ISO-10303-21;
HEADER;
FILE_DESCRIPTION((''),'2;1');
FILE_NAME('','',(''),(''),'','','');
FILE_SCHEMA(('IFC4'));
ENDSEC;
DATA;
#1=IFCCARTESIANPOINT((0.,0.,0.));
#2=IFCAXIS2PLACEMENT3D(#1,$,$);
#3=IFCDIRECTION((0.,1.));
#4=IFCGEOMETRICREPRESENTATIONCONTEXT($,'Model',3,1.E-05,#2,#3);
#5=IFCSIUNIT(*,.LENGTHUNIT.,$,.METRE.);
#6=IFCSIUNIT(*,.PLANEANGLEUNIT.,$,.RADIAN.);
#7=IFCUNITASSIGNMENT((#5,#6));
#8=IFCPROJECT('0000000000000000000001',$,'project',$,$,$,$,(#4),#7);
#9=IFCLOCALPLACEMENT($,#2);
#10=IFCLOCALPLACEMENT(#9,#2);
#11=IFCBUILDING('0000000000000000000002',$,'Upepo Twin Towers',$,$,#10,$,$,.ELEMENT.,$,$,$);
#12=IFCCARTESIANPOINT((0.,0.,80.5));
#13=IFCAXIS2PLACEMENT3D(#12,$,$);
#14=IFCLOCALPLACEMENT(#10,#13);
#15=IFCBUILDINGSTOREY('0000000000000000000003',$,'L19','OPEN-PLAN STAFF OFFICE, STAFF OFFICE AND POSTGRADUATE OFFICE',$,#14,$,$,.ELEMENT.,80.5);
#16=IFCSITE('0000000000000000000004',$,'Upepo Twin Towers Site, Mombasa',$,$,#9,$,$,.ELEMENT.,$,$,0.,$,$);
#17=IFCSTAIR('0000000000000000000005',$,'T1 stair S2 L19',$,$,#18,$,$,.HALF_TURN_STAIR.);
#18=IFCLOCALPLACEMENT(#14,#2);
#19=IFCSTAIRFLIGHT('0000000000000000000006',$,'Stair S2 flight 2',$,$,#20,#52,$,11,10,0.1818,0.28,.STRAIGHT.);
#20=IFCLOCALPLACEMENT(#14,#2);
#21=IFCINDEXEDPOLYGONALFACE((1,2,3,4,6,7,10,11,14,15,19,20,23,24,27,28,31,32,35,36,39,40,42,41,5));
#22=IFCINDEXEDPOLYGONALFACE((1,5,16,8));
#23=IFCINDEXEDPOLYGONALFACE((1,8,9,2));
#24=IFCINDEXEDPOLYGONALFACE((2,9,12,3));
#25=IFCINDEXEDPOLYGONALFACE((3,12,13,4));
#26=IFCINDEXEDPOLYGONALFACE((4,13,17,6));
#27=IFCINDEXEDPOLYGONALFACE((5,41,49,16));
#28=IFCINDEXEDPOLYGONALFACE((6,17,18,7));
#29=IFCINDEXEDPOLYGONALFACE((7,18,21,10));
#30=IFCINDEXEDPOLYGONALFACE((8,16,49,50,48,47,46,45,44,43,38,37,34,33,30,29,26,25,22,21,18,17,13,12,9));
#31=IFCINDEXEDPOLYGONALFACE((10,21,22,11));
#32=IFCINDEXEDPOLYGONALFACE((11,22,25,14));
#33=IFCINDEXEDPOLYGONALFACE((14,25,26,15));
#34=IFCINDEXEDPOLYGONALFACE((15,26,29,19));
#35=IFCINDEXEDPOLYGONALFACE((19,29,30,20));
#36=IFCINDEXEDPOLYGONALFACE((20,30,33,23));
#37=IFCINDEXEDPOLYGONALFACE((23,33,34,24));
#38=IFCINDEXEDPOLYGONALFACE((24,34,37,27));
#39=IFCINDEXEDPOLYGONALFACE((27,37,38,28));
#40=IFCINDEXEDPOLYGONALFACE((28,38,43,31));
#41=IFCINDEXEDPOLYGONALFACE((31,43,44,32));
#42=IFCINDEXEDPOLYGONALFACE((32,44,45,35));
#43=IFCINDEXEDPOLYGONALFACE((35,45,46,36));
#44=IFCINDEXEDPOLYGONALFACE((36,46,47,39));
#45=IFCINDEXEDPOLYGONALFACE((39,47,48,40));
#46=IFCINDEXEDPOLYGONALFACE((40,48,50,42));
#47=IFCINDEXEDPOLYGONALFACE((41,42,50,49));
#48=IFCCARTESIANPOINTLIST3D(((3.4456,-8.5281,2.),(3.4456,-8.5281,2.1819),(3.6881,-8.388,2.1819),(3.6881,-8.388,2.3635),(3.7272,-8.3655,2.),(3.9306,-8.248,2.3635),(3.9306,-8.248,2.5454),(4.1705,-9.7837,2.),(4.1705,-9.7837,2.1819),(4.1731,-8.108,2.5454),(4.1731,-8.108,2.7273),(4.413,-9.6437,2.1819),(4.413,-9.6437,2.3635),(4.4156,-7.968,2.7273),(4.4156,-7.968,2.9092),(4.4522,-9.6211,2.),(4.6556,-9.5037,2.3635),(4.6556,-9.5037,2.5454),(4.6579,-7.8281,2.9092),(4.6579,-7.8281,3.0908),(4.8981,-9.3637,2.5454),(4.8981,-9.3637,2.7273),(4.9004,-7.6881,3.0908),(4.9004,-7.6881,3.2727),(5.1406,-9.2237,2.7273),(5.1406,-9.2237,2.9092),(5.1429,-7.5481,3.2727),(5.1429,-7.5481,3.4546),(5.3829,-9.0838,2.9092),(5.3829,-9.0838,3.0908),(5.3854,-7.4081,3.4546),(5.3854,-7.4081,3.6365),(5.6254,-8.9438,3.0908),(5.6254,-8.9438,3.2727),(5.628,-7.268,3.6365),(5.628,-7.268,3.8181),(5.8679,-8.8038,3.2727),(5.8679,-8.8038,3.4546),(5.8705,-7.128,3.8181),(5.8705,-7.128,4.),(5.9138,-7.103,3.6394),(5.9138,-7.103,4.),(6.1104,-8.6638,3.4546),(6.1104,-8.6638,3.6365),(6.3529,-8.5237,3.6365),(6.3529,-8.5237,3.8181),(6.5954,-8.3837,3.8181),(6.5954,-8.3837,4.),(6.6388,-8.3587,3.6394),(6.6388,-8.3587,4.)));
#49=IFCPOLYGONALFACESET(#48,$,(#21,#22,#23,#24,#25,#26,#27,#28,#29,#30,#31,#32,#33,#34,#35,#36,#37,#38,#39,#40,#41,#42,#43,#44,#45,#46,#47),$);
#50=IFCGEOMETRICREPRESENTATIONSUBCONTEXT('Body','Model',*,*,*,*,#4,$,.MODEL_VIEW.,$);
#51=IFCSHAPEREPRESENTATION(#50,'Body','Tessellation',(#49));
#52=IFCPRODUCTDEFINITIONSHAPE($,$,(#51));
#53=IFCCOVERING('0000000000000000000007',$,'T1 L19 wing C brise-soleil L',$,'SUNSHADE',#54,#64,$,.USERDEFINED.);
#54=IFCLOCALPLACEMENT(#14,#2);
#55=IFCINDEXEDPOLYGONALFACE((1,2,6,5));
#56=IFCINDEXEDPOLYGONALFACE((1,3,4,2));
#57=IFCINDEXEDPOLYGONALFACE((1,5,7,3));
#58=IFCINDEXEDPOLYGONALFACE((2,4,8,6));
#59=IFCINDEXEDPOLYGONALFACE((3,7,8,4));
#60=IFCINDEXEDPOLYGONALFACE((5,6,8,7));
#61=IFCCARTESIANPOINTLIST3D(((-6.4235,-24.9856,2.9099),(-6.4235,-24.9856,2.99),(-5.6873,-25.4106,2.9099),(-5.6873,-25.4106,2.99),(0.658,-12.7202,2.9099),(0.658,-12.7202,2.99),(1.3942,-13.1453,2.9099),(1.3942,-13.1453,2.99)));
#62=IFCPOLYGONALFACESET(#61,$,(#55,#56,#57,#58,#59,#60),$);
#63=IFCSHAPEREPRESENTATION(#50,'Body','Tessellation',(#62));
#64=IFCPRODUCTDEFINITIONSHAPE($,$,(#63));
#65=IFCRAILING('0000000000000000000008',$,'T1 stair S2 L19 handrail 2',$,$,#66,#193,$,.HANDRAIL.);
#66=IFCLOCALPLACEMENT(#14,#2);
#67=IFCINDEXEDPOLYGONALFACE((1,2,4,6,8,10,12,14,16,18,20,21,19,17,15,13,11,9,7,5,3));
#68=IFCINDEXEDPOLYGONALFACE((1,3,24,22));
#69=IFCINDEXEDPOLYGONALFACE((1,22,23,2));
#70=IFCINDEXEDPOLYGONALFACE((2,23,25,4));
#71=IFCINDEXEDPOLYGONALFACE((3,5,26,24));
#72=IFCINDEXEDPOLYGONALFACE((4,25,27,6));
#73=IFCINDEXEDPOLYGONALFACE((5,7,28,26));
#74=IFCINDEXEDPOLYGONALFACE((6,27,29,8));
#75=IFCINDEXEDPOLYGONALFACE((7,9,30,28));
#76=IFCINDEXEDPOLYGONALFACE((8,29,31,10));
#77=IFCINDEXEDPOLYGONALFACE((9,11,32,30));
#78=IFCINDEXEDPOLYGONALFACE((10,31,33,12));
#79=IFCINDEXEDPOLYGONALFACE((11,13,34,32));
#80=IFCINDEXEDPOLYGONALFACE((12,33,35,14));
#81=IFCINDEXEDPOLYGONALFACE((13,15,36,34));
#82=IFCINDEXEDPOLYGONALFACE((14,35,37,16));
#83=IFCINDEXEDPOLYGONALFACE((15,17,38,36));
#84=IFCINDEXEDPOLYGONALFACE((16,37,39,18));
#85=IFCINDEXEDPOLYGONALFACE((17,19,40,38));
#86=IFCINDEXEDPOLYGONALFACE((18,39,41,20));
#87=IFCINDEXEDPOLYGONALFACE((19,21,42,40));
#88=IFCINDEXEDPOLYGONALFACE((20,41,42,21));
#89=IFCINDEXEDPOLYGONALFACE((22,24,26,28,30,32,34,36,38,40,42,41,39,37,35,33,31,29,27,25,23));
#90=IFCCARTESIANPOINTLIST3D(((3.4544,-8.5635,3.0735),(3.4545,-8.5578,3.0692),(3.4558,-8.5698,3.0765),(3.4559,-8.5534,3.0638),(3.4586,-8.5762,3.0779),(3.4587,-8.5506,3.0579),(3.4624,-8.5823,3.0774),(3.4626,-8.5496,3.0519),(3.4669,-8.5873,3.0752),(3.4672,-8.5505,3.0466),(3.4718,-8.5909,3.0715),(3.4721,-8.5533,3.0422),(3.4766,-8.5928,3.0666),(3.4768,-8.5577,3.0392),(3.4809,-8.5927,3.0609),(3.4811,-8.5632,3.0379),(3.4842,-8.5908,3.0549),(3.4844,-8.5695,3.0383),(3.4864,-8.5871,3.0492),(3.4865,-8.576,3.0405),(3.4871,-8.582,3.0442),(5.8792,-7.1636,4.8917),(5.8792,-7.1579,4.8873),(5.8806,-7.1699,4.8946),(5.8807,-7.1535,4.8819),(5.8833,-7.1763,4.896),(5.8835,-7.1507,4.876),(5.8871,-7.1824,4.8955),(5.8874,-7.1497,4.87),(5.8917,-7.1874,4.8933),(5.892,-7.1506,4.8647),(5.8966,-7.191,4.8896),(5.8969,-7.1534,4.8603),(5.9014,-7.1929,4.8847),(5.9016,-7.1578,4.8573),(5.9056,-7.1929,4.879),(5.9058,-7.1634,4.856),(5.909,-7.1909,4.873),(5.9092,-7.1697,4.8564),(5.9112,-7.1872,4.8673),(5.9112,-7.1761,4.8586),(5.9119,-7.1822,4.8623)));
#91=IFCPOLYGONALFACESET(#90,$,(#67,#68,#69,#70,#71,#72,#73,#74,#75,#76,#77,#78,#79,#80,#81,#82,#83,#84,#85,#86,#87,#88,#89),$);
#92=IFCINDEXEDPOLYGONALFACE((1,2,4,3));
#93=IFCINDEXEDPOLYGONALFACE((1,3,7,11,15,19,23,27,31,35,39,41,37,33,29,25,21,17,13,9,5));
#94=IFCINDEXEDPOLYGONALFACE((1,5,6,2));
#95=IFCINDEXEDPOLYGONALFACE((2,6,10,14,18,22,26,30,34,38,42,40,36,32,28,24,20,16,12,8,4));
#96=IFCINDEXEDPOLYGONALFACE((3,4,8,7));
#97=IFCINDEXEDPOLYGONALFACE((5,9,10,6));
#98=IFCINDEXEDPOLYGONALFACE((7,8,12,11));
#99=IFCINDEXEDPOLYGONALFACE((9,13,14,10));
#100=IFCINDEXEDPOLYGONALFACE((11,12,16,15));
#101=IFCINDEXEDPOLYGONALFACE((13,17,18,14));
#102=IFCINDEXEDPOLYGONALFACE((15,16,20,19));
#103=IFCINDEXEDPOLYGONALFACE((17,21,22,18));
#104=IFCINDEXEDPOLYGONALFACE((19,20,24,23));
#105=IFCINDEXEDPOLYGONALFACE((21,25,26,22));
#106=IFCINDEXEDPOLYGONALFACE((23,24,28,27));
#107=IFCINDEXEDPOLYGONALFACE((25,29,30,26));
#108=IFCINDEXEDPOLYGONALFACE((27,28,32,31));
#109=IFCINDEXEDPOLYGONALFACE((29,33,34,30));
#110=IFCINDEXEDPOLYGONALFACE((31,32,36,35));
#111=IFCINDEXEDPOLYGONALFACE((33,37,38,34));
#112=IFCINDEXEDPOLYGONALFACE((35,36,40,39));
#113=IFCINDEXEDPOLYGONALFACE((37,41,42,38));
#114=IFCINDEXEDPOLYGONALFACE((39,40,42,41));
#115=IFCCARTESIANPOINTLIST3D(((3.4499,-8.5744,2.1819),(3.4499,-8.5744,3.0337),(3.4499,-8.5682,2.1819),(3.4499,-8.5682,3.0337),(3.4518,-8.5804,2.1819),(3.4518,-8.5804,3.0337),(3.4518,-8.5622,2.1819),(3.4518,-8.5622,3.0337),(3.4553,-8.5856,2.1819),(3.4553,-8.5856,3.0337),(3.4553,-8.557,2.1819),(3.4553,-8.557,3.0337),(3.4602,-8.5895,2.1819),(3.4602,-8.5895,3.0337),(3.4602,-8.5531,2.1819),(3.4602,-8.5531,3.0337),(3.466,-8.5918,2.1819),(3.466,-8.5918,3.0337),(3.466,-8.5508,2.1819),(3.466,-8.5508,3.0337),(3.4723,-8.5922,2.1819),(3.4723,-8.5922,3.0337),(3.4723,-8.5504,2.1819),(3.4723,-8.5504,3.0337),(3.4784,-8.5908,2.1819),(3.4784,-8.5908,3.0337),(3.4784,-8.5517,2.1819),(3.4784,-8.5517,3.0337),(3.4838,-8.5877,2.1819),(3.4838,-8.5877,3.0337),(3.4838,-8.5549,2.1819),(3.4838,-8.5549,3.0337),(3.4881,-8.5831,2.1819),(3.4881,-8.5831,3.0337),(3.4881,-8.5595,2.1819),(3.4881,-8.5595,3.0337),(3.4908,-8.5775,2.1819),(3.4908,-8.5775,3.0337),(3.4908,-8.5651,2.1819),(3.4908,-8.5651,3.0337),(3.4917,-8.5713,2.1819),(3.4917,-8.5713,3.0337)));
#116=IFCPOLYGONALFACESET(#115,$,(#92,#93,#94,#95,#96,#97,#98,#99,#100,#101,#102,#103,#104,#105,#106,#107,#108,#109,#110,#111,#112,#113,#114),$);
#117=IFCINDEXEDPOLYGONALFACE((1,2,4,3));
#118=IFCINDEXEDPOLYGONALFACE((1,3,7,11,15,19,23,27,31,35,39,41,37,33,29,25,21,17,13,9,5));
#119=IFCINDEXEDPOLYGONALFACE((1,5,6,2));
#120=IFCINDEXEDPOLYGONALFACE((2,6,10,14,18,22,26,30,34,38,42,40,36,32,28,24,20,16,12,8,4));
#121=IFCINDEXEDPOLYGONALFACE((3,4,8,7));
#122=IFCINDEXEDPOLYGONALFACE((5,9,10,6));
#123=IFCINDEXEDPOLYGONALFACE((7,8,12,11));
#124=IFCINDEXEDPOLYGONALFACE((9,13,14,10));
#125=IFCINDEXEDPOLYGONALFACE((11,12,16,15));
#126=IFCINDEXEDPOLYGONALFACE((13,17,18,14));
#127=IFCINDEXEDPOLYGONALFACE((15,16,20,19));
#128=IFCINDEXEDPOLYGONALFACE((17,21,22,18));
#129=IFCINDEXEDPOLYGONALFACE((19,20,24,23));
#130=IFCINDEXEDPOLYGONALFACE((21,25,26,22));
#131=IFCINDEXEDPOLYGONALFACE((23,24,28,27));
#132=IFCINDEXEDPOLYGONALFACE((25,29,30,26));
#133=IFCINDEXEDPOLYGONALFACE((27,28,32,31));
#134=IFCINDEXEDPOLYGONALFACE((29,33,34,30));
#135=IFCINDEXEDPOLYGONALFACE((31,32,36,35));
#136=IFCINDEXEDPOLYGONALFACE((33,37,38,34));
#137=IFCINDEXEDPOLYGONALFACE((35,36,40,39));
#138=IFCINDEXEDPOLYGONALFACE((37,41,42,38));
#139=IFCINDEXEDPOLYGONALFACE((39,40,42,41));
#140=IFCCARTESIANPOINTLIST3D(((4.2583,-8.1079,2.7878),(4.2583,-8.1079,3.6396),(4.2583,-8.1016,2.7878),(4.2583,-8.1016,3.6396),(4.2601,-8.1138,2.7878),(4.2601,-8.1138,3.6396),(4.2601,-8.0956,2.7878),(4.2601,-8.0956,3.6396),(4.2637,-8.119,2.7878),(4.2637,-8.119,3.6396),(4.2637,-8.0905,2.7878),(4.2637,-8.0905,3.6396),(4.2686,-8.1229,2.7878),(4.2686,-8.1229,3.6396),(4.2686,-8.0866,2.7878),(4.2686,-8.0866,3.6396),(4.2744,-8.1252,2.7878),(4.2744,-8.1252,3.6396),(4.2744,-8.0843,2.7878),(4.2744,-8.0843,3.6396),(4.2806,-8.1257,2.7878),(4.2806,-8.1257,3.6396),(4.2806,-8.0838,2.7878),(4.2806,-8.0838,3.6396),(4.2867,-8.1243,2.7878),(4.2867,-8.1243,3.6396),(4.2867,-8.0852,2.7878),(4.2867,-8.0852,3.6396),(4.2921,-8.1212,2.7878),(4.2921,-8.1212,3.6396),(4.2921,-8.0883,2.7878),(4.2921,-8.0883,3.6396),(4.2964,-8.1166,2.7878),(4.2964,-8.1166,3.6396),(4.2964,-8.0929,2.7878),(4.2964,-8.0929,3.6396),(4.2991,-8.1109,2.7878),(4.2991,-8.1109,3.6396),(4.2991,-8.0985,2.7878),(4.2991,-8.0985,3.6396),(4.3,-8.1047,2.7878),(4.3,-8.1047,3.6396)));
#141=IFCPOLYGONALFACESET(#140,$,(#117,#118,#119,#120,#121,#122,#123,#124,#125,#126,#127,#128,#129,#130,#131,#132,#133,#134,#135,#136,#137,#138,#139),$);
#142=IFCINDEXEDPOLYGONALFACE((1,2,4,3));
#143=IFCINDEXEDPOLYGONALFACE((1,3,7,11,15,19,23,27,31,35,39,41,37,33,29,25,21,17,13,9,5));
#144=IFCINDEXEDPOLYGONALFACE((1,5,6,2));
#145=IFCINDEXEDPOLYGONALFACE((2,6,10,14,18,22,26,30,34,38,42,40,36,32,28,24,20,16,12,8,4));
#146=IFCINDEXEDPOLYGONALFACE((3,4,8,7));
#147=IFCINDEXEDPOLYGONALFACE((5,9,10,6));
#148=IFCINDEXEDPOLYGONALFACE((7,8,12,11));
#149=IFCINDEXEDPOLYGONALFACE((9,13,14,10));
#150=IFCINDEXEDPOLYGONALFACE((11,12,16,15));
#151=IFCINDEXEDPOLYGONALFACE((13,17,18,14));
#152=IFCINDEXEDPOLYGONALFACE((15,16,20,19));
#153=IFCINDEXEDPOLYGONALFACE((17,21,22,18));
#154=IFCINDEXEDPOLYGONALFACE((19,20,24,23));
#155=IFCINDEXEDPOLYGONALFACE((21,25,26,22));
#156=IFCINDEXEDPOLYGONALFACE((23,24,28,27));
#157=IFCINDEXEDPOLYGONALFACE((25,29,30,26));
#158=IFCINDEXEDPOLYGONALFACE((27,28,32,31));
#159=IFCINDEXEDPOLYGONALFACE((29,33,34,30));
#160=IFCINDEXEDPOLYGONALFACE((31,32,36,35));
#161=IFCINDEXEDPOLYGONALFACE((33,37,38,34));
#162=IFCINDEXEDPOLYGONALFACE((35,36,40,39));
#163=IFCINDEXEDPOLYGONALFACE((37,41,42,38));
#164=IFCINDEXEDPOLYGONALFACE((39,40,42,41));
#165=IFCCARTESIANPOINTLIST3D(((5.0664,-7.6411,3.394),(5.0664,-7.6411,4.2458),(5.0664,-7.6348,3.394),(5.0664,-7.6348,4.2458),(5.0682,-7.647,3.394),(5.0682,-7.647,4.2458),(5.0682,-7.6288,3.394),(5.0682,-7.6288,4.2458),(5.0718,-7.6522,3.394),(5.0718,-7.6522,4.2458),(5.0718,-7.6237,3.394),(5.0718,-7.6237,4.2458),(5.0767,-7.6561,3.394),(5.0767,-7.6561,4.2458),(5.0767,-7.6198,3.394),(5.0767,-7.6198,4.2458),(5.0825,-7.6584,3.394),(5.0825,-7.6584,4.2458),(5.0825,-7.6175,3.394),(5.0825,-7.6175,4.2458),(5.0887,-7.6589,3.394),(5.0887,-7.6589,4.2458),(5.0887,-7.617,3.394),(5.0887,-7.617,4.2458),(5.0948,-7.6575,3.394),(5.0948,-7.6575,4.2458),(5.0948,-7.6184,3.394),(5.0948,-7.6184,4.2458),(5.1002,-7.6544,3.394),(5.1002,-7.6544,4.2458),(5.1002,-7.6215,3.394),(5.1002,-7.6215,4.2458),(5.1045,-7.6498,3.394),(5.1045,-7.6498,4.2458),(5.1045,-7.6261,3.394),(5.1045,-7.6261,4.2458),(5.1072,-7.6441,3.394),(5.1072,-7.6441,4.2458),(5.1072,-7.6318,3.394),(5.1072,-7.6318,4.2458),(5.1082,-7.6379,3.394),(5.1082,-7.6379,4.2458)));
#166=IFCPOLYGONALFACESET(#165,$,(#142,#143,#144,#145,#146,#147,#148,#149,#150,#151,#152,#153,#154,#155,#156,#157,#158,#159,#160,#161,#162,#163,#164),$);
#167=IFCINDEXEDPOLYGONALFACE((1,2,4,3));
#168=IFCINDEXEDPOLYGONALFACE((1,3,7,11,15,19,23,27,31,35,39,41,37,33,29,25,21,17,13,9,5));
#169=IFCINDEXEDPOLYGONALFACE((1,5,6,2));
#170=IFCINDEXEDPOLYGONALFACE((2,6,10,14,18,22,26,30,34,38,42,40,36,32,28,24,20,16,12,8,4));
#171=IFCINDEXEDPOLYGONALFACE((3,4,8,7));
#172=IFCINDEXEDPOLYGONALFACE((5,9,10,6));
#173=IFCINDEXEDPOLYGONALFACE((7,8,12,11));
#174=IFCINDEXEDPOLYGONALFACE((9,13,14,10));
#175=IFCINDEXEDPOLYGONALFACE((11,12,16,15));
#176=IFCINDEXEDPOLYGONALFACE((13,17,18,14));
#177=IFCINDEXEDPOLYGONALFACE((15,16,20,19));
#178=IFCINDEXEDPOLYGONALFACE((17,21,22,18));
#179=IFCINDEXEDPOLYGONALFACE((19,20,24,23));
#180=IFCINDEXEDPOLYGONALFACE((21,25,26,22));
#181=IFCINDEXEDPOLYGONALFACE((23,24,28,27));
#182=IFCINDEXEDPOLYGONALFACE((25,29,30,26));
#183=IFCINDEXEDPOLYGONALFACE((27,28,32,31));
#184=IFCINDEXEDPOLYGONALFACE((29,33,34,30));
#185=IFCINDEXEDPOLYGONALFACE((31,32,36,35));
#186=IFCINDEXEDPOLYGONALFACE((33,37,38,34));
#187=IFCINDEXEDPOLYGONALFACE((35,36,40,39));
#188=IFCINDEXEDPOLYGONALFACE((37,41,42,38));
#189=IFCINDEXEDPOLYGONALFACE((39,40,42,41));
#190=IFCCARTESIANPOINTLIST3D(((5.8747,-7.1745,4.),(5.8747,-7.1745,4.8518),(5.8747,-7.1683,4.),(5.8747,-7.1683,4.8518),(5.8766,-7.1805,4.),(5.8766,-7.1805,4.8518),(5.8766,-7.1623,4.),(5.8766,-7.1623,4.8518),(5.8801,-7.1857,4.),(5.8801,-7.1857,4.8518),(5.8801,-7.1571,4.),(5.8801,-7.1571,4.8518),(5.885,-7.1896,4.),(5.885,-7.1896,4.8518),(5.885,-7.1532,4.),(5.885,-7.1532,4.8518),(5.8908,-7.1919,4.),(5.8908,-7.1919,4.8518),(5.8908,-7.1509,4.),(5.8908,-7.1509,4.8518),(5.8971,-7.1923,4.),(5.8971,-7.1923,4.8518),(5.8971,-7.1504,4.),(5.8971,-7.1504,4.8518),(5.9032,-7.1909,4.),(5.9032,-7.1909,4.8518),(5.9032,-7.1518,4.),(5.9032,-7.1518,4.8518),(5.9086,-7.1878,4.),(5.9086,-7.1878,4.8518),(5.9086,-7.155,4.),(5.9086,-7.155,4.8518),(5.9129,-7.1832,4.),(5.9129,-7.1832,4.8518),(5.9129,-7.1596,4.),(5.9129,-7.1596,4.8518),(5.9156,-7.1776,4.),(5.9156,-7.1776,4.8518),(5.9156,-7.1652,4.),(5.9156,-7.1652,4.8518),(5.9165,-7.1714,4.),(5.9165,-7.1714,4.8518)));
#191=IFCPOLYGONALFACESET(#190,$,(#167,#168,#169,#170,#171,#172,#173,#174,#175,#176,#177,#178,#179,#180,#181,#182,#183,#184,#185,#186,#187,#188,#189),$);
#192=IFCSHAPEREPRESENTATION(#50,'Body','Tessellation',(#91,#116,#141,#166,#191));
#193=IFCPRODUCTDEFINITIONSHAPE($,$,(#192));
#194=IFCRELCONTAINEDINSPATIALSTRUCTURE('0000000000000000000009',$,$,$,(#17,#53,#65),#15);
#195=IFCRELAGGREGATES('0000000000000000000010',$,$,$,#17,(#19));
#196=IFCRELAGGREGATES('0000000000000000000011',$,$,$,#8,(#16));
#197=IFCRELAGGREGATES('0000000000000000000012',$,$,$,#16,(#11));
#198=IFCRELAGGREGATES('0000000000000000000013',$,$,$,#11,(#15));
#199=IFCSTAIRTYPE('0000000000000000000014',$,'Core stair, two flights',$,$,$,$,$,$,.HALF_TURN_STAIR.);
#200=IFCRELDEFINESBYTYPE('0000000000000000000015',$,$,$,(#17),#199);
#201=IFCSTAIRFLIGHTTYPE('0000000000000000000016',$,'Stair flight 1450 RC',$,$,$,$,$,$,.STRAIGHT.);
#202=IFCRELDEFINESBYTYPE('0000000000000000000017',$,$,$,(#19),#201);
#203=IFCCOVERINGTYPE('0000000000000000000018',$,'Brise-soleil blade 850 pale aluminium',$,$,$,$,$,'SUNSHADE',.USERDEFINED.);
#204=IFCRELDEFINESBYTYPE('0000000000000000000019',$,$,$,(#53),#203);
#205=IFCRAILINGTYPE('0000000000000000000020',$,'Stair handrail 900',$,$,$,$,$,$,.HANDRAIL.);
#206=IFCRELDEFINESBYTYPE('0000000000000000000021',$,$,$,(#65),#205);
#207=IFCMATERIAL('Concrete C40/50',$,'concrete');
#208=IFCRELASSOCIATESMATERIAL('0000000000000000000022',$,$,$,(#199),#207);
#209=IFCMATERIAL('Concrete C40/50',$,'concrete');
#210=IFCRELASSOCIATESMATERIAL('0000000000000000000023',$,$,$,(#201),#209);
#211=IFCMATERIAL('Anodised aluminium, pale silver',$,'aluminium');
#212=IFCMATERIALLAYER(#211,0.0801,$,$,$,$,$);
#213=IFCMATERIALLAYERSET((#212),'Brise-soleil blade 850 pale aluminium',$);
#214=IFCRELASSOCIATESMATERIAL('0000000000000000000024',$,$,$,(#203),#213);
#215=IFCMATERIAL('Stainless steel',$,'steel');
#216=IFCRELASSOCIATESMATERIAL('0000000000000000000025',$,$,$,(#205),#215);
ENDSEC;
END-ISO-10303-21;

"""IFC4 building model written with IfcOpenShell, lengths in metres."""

from ifc_helpers import new_model, si_unit, direction, frame, origin, origin_2d, place, context, subcontext, project, spatial, polyline, rectangle, circle, outline, extrude, material, layer, layer_set, type_object, element, aggregate, save


model = new_model("IFC4")

# Units and contexts
model_context = context("Model", 3, precision=1e-05, world=origin(), true_north=direction((0.0, 1.0)))
body_context = subcontext(model_context, "Body", "Model", "MODEL_VIEW")
ifc_project = project(units=[si_unit("LENGTHUNIT", "METRE"), si_unit("PLANEANGLEUNIT", "RADIAN")], contexts=[model_context])

# Site, building, storey
site_placement = place(None, origin())
site = spatial("IfcSite", under=ifc_project, at=site_placement, Name="Upepo Twin Towers Site, Mombasa", CompositionType="ELEMENT", RefElevation=0.0)
building_placement = place(site_placement, origin())
building = spatial("IfcBuilding", under=site, at=building_placement, Name="Upepo Twin Towers", CompositionType="ELEMENT")
storey_placement = place(building_placement, frame((0.0, 0.0, 80.5)))
storey = spatial("IfcBuildingStorey", under=building, at=storey_placement, Name="L19", Description="OPEN-PLAN STAFF OFFICE, STAFF OFFICE AND POSTGRADUATE OFFICE", CompositionType="ELEMENT", Elevation=80.5)

# Stair, stair flight
ifc_material_1 = material(Name="Concrete C40/50", Category="concrete")
stair_type = type_object("IfcStairType", Name="Core stair, two flights", PredefinedType="HALF_TURN_STAIR", material=ifc_material_1)
stair_placement = place(storey_placement, origin())
stair = element("IfcStair", 1, at=stair_placement, inside=storey, type_object=stair_type, Name="T1 stair S2 L19", PredefinedType="HALF_TURN_STAIR")
ifc_material_2 = material(Name="Concrete C40/50", Category="concrete")
stair_flight_type = type_object("IfcStairFlightType", Name="Stair flight 1450 RC", PredefinedType="STRAIGHT", material=ifc_material_2)
stair_flight_placement = place(storey_placement, frame((3.8081, -9.156, 2.0), z_axis=(0.0, 0.0, 1.0), x_axis=(0.866025, 0.5, 0.0)))
stair_flight = element("IfcStairFlight", 2, at=stair_flight_placement, type_object=stair_flight_type, Name="Stair S2 flight 2", NumberOfRisers=11, NumberOfTreads=10, PredefinedType="STRAIGHT", RiserHeight=0.1818, TreadLength=0.28, context=body_context, shape_type="SweptSolid", body=[
    extrude(outline(polyline([(0.0, 0.0), (0.0, 0.1819), (0.28, 0.1819), (0.28, 0.3635), (0.5601, 0.3635), (0.5601, 0.5454), (0.8401, 0.5454), (0.8401, 0.7273), (1.1201, 0.7273), (1.1201, 0.9092), (1.3999, 0.9092), (1.3999, 1.0908), (1.6799, 1.0908), (1.6799, 1.2727), (1.96, 1.2727), (1.96, 1.4546), (2.24, 1.4546), (2.24, 1.6365), (2.52, 1.6365), (2.52, 1.8181), (2.8, 1.8181), (2.8, 2.0), (2.8501, 2.0), (2.8501, 1.6394), (0.3252, 0.0), (0.0, 0.0)])), frame((0.0, 0.7251, 0.0), z_axis=(0.0, -1.0, 0.0), x_axis=(1.0, 0.0, 0.0)), (0.0, 0.0, 1.0), 1.45),
])
aggregate(stair, [stair_flight])

# Covering
ifc_material_3 = material(Name="Anodised aluminium, pale silver", Category="aluminium")
ifc_layer_1 = layer(ifc_material_3, 0.0801)
ifc_layer_set_1 = layer_set([ifc_layer_1], Name="Brise-soleil blade 850 pale aluminium")
covering_type = type_object("IfcCoveringType", Name="Brise-soleil blade 850 pale aluminium", ElementType="SUNSHADE", PredefinedType="USERDEFINED", material=ifc_layer_set_1)
covering_placement = place(storey_placement, frame((-2.5146, -19.0654, 2.9099), z_axis=(0.0, 0.0, 1.0), x_axis=(-0.5, -0.866025, 0.0)))
element("IfcCovering", 3, at=covering_placement, inside=storey, type_object=covering_type, Name="T1 L19 wing C brise-soleil L", ObjectType="SUNSHADE", PredefinedType="USERDEFINED", context=body_context, shape_type="SweptSolid", body=[
    extrude(rectangle(XDim=14.1628, YDim=0.8501, at=origin_2d()), origin(), (0.0, 0.0, 1.0), 0.0801),
])

# Railing
ifc_material_4 = material(Name="Stainless steel", Category="steel")
railing_type = type_object("IfcRailingType", Name="Stair handrail 900", PredefinedType="HANDRAIL", material=ifc_material_4)
railing_placement = place(storey_placement, frame((3.4707, -8.5713, 2.1819)))
element("IfcRailing", 4, at=railing_placement, inside=storey, type_object=railing_type, Name="T1 stair S2 L19 handrail 2", PredefinedType="HANDRAIL", context=body_context, shape_type="SweptSolid", body=[
    extrude(circle(Radius=0.0239, at=origin_2d()), frame((0.0, 0.0, 0.876), z_axis=(0.726336, 0.419333, 0.544606), x_axis=(-0.499984, 0.866035, 0.0)), (0.0, 0.0, 1.0), 3.3384),
    extrude(circle(Radius=0.021, at=origin_2d()), origin(), (0.0, 0.0, 1.0), 0.8518),
    extrude(circle(Radius=0.021, at=origin_2d()), frame((0.8083, 0.4666, 0.606)), (0.0, 0.0, 1.0), 0.8518),
    extrude(circle(Radius=0.021, at=origin_2d()), frame((1.6165, 0.9333, 1.2122)), (0.0, 0.0, 1.0), 0.8518),
    extrude(circle(Radius=0.021, at=origin_2d()), frame((2.4248, 1.3999, 1.8181)), (0.0, 0.0, 1.0), 0.8518),
])

save(model, "model.ifc")
